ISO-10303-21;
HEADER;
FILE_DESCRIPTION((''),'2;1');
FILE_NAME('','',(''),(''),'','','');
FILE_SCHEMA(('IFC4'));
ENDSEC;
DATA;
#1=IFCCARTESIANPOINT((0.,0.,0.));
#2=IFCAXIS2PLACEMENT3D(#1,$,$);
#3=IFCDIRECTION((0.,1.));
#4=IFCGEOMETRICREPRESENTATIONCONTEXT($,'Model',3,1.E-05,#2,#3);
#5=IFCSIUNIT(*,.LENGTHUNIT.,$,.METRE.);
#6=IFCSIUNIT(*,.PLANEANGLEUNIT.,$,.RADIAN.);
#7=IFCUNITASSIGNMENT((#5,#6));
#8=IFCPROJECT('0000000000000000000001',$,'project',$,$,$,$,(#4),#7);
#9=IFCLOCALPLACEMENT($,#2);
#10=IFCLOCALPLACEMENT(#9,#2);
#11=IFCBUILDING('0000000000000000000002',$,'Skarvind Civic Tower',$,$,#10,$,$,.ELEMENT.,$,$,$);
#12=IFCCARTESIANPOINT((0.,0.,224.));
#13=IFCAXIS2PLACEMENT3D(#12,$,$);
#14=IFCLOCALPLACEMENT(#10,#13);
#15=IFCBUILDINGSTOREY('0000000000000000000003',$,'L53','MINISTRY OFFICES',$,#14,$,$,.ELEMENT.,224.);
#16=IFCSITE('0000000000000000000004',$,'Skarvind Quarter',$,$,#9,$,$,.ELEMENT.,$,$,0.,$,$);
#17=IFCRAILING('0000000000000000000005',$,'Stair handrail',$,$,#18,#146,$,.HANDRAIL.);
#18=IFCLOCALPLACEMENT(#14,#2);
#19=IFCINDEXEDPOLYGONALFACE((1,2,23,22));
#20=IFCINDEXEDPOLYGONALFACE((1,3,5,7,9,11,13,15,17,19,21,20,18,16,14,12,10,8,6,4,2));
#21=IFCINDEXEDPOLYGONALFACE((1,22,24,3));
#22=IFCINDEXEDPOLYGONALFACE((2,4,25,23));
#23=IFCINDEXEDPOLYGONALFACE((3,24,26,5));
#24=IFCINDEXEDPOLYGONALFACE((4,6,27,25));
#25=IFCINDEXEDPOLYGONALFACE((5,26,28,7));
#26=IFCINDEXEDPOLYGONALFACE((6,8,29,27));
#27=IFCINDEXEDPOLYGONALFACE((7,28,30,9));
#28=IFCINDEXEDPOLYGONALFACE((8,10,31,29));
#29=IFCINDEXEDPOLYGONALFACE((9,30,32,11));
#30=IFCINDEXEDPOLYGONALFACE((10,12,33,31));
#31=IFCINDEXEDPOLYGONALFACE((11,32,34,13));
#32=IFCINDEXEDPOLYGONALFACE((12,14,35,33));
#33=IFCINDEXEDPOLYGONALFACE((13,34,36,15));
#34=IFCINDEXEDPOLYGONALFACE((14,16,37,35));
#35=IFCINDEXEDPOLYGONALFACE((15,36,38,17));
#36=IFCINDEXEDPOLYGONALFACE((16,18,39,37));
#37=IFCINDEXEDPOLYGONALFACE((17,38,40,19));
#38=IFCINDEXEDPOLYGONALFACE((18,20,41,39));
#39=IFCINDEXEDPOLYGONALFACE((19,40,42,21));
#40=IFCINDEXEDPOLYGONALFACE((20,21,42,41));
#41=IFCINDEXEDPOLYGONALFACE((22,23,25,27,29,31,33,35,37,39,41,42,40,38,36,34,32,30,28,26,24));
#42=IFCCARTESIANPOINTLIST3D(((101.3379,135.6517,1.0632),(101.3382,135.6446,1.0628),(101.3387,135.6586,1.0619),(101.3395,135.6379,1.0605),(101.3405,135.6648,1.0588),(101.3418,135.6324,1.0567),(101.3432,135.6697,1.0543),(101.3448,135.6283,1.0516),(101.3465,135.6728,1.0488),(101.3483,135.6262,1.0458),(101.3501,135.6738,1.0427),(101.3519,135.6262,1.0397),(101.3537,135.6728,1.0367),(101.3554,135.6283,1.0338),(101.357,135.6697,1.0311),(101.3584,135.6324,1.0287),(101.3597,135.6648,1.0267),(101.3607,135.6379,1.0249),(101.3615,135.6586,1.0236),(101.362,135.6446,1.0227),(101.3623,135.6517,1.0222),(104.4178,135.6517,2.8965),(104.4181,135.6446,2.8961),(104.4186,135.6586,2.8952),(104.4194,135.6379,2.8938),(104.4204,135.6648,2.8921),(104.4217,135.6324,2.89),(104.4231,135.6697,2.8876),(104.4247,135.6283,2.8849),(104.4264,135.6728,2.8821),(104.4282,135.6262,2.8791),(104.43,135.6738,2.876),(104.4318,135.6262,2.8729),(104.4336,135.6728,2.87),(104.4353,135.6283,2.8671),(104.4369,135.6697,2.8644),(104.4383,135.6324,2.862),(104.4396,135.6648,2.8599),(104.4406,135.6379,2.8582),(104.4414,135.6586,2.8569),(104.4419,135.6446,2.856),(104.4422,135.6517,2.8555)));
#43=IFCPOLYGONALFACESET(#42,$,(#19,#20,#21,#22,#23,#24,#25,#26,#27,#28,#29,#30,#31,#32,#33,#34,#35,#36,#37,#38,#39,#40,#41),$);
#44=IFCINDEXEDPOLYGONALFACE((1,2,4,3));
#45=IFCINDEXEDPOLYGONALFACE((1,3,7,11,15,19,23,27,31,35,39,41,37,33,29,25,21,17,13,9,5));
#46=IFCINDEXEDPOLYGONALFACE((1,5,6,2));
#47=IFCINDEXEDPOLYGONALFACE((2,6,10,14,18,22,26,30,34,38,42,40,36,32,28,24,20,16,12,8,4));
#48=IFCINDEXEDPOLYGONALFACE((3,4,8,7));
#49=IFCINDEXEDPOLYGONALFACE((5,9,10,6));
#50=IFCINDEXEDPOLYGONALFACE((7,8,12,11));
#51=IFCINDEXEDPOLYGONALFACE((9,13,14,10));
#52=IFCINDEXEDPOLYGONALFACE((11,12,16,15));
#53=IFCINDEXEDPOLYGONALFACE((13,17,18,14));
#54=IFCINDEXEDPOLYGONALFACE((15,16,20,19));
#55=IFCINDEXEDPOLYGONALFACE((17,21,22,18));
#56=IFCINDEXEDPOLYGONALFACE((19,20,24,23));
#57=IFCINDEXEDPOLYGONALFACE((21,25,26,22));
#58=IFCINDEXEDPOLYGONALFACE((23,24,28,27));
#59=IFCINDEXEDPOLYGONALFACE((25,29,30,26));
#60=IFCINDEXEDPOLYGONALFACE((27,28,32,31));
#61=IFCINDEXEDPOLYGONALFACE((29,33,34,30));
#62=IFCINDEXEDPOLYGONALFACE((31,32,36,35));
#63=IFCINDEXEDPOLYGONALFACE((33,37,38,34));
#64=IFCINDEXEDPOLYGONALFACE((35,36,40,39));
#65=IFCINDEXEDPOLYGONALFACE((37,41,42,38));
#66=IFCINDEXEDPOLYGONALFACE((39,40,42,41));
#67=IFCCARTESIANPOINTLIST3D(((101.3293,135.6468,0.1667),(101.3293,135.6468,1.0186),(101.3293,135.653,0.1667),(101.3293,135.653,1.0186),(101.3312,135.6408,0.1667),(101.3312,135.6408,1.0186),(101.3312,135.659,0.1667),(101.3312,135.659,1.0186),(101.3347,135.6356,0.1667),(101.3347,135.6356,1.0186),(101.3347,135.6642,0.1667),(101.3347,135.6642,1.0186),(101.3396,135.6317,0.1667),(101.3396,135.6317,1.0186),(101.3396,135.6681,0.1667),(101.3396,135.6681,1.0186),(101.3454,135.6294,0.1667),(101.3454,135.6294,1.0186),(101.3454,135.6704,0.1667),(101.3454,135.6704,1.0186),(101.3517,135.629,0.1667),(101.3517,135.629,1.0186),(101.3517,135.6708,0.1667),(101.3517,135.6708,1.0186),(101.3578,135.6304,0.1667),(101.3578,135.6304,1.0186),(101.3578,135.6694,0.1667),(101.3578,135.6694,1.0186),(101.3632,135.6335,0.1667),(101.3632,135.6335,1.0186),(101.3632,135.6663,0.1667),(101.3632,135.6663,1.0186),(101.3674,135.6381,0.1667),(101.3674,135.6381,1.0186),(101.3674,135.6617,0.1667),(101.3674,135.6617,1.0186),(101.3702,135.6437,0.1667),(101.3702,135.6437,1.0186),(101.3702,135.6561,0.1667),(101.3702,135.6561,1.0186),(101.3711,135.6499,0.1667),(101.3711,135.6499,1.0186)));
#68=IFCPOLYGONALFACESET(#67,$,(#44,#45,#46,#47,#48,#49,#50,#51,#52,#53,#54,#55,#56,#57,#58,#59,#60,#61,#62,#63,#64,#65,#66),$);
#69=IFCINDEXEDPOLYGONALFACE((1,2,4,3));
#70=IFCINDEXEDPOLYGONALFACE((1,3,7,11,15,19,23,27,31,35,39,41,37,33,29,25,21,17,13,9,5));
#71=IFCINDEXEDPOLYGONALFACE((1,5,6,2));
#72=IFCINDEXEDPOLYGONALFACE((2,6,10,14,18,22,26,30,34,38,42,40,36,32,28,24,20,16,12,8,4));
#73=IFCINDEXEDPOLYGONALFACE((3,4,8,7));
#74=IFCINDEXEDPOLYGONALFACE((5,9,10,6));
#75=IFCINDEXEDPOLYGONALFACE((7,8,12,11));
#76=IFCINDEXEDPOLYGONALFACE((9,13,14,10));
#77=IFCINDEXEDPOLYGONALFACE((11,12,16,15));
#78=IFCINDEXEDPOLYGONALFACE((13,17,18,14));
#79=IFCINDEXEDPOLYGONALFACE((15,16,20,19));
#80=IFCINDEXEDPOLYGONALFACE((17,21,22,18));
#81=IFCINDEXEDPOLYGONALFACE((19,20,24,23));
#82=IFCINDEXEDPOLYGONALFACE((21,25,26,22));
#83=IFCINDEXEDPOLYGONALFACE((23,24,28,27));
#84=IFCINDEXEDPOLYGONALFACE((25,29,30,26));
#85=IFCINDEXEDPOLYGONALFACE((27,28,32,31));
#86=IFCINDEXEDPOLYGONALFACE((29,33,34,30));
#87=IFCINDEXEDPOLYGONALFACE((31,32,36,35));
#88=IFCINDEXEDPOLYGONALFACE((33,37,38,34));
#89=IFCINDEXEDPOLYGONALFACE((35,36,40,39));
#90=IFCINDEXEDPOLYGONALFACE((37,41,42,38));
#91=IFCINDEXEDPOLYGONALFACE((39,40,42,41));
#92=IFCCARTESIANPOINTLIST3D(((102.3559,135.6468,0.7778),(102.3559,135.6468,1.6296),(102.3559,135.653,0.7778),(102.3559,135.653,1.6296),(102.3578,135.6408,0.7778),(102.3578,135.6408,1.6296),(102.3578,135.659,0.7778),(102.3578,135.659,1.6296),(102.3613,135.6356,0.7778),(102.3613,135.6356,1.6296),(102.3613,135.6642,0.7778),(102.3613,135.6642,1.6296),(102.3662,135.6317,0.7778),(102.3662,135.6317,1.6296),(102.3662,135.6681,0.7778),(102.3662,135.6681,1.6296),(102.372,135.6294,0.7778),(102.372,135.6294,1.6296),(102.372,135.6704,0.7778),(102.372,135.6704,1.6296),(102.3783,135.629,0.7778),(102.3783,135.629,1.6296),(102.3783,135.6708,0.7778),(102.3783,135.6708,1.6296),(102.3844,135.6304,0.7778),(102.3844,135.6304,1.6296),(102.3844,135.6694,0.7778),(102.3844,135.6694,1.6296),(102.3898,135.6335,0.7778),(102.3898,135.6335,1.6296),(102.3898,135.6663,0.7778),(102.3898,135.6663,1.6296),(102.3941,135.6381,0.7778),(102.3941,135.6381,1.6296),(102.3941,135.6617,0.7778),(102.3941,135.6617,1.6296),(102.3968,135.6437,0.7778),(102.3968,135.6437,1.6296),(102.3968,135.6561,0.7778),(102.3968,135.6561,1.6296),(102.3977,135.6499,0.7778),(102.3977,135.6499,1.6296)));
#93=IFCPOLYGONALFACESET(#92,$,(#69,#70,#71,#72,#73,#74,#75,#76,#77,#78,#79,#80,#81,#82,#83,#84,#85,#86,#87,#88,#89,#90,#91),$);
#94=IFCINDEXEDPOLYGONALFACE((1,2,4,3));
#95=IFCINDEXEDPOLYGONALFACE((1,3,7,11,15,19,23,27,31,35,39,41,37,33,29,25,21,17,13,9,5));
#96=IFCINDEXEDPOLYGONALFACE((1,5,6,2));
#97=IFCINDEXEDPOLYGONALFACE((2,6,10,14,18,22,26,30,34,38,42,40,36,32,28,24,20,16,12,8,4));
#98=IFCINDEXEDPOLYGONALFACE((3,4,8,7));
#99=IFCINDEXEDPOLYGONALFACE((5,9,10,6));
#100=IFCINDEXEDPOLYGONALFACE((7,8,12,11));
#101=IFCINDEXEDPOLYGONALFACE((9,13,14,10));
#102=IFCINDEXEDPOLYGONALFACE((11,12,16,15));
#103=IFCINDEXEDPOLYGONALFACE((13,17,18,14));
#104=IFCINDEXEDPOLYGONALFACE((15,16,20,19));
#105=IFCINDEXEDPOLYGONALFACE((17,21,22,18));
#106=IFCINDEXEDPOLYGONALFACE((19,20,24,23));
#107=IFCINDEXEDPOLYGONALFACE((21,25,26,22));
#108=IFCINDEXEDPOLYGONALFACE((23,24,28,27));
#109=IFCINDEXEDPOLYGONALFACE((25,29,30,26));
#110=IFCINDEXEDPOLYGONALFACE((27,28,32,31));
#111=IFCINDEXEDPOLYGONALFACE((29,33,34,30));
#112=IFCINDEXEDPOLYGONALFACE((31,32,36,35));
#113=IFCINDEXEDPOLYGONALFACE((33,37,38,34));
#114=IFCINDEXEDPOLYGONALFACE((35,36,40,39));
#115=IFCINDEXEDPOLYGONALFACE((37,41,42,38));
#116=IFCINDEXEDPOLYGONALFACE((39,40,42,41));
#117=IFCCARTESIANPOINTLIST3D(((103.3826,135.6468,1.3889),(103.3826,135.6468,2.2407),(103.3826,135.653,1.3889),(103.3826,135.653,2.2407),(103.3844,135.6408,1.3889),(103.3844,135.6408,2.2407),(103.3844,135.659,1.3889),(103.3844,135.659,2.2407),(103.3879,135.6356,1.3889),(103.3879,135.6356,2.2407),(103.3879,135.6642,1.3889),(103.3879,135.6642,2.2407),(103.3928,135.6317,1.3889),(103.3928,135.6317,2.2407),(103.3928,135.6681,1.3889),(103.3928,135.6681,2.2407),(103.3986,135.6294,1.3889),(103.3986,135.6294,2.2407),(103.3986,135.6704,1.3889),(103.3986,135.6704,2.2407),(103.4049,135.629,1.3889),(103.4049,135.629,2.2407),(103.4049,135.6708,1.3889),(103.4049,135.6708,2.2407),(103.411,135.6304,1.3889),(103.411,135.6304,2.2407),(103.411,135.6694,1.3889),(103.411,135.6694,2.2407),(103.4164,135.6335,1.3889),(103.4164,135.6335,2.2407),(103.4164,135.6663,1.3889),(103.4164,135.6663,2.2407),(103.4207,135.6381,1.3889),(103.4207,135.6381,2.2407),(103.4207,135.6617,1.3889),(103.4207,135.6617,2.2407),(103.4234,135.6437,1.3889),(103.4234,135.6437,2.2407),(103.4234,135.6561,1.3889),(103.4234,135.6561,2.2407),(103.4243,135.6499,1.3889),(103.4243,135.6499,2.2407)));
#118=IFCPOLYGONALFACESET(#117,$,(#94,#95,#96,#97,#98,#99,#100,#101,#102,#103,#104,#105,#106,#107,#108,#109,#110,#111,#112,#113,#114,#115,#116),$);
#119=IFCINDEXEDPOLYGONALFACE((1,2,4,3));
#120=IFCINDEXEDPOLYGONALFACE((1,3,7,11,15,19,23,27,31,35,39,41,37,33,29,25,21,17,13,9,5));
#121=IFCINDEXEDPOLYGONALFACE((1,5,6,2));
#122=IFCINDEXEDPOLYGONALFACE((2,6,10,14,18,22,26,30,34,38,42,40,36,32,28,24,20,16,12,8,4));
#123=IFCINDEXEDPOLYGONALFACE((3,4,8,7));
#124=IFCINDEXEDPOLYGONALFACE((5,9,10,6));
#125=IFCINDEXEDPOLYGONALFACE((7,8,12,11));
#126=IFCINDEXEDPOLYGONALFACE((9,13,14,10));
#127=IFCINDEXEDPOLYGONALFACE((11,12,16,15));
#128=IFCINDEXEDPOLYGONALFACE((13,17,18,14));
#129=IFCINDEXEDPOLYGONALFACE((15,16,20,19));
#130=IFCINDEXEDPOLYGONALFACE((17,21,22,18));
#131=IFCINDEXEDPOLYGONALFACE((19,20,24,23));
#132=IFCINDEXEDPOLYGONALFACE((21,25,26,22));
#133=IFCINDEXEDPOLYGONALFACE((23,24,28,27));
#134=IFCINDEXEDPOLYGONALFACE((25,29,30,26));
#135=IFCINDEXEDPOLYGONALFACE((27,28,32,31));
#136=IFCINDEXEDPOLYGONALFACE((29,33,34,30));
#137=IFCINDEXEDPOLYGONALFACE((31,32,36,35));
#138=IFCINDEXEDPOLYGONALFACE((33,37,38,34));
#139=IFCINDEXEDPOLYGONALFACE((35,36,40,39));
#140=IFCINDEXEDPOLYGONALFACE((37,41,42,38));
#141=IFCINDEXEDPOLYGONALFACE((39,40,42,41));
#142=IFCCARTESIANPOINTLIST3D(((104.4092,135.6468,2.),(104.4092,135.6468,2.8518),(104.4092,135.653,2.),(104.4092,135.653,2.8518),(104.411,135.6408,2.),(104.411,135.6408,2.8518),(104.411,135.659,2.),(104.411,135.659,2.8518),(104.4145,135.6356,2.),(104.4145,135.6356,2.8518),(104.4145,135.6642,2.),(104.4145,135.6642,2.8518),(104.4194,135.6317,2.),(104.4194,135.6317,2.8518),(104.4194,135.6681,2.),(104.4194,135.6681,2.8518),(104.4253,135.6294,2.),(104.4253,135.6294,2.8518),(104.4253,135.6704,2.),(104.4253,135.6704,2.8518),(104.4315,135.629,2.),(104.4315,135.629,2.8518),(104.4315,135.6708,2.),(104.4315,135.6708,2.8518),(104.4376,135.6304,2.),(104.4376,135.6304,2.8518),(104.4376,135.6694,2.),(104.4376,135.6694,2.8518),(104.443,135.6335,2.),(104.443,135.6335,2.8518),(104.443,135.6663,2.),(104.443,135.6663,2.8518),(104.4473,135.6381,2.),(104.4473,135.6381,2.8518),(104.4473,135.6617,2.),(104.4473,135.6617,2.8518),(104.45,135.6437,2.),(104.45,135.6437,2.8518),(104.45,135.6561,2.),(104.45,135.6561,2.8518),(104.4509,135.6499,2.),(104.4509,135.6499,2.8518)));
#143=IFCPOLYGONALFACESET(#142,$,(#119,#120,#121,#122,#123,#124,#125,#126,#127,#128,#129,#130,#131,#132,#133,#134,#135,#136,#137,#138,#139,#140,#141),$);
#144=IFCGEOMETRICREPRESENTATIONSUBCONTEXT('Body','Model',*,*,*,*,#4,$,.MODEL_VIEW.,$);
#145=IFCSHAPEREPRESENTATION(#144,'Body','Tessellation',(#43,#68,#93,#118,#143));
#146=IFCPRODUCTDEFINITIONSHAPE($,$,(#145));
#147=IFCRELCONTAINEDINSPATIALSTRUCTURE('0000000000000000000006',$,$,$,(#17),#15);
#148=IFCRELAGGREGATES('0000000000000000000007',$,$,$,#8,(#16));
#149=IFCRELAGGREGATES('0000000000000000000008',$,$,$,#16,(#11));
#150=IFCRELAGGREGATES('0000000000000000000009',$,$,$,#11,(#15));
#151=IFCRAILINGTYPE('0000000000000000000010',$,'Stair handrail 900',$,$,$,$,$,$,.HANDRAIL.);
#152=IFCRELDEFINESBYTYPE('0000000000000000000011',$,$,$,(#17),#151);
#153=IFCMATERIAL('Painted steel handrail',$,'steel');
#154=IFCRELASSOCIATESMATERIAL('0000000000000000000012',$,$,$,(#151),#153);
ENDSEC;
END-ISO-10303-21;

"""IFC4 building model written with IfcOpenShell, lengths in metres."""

from ifc_helpers import new_model, si_unit, direction, frame, origin, origin_2d, place, context, subcontext, project, spatial, circle, extrude, material, type_object, element, save


model = new_model("IFC4")

# Units and contexts
model_context = context("Model", 3, precision=1e-05, world=origin(), true_north=direction((0.0, 1.0)))
body_context = subcontext(model_context, "Body", "Model", "MODEL_VIEW")
ifc_project = project(units=[si_unit("LENGTHUNIT", "METRE"), si_unit("PLANEANGLEUNIT", "RADIAN")], contexts=[model_context])

# Site, building, storey
site_placement = place(None, origin())
site = spatial("IfcSite", under=ifc_project, at=site_placement, Name="Skarvind Quarter", CompositionType="ELEMENT", RefElevation=0.0)
building_placement = place(site_placement, origin())
building = spatial("IfcBuilding", under=site, at=building_placement, Name="Skarvind Civic Tower", CompositionType="ELEMENT")
storey_placement = place(building_placement, frame((0.0, 0.0, 224.0)))
storey = spatial("IfcBuildingStorey", under=building, at=storey_placement, Name="L53", Description="MINISTRY OFFICES", CompositionType="ELEMENT", Elevation=224.0)

# Railing
ifc_material_1 = material(Name="Painted steel handrail", Category="steel")
railing_type = type_object("IfcRailingType", Name="Stair handrail 900", PredefinedType="HANDRAIL", material=ifc_material_1)
railing_1_placement = place(storey_placement, frame((101.3501, 135.6499, 0.1667)))
element("IfcRailing", 1, at=railing_1_placement, inside=storey, type_object=railing_type, Name="Stair handrail", PredefinedType="HANDRAIL", context=body_context, shape_type="SweptSolid", body=[
    extrude(circle(Radius=0.0239, at=origin_2d()), frame((0.0, 0.0, 0.876), z_axis=(0.859291, 0.0, 0.511487), x_axis=(0.0, 1.0, 0.0)), (0.0, 0.0, 1.0), 3.5842),
    extrude(circle(Radius=0.021, at=origin_2d()), origin(), (0.0, 0.0, 1.0), 0.8518),
    extrude(circle(Radius=0.021, at=origin_2d()), frame((1.0266, 0.0, 0.6111)), (0.0, 0.0, 1.0), 0.8518),
    extrude(circle(Radius=0.021, at=origin_2d()), frame((2.0532, 0.0, 1.2222)), (0.0, 0.0, 1.0), 0.8518),
    extrude(circle(Radius=0.021, at=origin_2d()), frame((3.0798, 0.0, 1.8333)), (0.0, 0.0, 1.0), 0.8518),
])

save(model, "model.ifc")
